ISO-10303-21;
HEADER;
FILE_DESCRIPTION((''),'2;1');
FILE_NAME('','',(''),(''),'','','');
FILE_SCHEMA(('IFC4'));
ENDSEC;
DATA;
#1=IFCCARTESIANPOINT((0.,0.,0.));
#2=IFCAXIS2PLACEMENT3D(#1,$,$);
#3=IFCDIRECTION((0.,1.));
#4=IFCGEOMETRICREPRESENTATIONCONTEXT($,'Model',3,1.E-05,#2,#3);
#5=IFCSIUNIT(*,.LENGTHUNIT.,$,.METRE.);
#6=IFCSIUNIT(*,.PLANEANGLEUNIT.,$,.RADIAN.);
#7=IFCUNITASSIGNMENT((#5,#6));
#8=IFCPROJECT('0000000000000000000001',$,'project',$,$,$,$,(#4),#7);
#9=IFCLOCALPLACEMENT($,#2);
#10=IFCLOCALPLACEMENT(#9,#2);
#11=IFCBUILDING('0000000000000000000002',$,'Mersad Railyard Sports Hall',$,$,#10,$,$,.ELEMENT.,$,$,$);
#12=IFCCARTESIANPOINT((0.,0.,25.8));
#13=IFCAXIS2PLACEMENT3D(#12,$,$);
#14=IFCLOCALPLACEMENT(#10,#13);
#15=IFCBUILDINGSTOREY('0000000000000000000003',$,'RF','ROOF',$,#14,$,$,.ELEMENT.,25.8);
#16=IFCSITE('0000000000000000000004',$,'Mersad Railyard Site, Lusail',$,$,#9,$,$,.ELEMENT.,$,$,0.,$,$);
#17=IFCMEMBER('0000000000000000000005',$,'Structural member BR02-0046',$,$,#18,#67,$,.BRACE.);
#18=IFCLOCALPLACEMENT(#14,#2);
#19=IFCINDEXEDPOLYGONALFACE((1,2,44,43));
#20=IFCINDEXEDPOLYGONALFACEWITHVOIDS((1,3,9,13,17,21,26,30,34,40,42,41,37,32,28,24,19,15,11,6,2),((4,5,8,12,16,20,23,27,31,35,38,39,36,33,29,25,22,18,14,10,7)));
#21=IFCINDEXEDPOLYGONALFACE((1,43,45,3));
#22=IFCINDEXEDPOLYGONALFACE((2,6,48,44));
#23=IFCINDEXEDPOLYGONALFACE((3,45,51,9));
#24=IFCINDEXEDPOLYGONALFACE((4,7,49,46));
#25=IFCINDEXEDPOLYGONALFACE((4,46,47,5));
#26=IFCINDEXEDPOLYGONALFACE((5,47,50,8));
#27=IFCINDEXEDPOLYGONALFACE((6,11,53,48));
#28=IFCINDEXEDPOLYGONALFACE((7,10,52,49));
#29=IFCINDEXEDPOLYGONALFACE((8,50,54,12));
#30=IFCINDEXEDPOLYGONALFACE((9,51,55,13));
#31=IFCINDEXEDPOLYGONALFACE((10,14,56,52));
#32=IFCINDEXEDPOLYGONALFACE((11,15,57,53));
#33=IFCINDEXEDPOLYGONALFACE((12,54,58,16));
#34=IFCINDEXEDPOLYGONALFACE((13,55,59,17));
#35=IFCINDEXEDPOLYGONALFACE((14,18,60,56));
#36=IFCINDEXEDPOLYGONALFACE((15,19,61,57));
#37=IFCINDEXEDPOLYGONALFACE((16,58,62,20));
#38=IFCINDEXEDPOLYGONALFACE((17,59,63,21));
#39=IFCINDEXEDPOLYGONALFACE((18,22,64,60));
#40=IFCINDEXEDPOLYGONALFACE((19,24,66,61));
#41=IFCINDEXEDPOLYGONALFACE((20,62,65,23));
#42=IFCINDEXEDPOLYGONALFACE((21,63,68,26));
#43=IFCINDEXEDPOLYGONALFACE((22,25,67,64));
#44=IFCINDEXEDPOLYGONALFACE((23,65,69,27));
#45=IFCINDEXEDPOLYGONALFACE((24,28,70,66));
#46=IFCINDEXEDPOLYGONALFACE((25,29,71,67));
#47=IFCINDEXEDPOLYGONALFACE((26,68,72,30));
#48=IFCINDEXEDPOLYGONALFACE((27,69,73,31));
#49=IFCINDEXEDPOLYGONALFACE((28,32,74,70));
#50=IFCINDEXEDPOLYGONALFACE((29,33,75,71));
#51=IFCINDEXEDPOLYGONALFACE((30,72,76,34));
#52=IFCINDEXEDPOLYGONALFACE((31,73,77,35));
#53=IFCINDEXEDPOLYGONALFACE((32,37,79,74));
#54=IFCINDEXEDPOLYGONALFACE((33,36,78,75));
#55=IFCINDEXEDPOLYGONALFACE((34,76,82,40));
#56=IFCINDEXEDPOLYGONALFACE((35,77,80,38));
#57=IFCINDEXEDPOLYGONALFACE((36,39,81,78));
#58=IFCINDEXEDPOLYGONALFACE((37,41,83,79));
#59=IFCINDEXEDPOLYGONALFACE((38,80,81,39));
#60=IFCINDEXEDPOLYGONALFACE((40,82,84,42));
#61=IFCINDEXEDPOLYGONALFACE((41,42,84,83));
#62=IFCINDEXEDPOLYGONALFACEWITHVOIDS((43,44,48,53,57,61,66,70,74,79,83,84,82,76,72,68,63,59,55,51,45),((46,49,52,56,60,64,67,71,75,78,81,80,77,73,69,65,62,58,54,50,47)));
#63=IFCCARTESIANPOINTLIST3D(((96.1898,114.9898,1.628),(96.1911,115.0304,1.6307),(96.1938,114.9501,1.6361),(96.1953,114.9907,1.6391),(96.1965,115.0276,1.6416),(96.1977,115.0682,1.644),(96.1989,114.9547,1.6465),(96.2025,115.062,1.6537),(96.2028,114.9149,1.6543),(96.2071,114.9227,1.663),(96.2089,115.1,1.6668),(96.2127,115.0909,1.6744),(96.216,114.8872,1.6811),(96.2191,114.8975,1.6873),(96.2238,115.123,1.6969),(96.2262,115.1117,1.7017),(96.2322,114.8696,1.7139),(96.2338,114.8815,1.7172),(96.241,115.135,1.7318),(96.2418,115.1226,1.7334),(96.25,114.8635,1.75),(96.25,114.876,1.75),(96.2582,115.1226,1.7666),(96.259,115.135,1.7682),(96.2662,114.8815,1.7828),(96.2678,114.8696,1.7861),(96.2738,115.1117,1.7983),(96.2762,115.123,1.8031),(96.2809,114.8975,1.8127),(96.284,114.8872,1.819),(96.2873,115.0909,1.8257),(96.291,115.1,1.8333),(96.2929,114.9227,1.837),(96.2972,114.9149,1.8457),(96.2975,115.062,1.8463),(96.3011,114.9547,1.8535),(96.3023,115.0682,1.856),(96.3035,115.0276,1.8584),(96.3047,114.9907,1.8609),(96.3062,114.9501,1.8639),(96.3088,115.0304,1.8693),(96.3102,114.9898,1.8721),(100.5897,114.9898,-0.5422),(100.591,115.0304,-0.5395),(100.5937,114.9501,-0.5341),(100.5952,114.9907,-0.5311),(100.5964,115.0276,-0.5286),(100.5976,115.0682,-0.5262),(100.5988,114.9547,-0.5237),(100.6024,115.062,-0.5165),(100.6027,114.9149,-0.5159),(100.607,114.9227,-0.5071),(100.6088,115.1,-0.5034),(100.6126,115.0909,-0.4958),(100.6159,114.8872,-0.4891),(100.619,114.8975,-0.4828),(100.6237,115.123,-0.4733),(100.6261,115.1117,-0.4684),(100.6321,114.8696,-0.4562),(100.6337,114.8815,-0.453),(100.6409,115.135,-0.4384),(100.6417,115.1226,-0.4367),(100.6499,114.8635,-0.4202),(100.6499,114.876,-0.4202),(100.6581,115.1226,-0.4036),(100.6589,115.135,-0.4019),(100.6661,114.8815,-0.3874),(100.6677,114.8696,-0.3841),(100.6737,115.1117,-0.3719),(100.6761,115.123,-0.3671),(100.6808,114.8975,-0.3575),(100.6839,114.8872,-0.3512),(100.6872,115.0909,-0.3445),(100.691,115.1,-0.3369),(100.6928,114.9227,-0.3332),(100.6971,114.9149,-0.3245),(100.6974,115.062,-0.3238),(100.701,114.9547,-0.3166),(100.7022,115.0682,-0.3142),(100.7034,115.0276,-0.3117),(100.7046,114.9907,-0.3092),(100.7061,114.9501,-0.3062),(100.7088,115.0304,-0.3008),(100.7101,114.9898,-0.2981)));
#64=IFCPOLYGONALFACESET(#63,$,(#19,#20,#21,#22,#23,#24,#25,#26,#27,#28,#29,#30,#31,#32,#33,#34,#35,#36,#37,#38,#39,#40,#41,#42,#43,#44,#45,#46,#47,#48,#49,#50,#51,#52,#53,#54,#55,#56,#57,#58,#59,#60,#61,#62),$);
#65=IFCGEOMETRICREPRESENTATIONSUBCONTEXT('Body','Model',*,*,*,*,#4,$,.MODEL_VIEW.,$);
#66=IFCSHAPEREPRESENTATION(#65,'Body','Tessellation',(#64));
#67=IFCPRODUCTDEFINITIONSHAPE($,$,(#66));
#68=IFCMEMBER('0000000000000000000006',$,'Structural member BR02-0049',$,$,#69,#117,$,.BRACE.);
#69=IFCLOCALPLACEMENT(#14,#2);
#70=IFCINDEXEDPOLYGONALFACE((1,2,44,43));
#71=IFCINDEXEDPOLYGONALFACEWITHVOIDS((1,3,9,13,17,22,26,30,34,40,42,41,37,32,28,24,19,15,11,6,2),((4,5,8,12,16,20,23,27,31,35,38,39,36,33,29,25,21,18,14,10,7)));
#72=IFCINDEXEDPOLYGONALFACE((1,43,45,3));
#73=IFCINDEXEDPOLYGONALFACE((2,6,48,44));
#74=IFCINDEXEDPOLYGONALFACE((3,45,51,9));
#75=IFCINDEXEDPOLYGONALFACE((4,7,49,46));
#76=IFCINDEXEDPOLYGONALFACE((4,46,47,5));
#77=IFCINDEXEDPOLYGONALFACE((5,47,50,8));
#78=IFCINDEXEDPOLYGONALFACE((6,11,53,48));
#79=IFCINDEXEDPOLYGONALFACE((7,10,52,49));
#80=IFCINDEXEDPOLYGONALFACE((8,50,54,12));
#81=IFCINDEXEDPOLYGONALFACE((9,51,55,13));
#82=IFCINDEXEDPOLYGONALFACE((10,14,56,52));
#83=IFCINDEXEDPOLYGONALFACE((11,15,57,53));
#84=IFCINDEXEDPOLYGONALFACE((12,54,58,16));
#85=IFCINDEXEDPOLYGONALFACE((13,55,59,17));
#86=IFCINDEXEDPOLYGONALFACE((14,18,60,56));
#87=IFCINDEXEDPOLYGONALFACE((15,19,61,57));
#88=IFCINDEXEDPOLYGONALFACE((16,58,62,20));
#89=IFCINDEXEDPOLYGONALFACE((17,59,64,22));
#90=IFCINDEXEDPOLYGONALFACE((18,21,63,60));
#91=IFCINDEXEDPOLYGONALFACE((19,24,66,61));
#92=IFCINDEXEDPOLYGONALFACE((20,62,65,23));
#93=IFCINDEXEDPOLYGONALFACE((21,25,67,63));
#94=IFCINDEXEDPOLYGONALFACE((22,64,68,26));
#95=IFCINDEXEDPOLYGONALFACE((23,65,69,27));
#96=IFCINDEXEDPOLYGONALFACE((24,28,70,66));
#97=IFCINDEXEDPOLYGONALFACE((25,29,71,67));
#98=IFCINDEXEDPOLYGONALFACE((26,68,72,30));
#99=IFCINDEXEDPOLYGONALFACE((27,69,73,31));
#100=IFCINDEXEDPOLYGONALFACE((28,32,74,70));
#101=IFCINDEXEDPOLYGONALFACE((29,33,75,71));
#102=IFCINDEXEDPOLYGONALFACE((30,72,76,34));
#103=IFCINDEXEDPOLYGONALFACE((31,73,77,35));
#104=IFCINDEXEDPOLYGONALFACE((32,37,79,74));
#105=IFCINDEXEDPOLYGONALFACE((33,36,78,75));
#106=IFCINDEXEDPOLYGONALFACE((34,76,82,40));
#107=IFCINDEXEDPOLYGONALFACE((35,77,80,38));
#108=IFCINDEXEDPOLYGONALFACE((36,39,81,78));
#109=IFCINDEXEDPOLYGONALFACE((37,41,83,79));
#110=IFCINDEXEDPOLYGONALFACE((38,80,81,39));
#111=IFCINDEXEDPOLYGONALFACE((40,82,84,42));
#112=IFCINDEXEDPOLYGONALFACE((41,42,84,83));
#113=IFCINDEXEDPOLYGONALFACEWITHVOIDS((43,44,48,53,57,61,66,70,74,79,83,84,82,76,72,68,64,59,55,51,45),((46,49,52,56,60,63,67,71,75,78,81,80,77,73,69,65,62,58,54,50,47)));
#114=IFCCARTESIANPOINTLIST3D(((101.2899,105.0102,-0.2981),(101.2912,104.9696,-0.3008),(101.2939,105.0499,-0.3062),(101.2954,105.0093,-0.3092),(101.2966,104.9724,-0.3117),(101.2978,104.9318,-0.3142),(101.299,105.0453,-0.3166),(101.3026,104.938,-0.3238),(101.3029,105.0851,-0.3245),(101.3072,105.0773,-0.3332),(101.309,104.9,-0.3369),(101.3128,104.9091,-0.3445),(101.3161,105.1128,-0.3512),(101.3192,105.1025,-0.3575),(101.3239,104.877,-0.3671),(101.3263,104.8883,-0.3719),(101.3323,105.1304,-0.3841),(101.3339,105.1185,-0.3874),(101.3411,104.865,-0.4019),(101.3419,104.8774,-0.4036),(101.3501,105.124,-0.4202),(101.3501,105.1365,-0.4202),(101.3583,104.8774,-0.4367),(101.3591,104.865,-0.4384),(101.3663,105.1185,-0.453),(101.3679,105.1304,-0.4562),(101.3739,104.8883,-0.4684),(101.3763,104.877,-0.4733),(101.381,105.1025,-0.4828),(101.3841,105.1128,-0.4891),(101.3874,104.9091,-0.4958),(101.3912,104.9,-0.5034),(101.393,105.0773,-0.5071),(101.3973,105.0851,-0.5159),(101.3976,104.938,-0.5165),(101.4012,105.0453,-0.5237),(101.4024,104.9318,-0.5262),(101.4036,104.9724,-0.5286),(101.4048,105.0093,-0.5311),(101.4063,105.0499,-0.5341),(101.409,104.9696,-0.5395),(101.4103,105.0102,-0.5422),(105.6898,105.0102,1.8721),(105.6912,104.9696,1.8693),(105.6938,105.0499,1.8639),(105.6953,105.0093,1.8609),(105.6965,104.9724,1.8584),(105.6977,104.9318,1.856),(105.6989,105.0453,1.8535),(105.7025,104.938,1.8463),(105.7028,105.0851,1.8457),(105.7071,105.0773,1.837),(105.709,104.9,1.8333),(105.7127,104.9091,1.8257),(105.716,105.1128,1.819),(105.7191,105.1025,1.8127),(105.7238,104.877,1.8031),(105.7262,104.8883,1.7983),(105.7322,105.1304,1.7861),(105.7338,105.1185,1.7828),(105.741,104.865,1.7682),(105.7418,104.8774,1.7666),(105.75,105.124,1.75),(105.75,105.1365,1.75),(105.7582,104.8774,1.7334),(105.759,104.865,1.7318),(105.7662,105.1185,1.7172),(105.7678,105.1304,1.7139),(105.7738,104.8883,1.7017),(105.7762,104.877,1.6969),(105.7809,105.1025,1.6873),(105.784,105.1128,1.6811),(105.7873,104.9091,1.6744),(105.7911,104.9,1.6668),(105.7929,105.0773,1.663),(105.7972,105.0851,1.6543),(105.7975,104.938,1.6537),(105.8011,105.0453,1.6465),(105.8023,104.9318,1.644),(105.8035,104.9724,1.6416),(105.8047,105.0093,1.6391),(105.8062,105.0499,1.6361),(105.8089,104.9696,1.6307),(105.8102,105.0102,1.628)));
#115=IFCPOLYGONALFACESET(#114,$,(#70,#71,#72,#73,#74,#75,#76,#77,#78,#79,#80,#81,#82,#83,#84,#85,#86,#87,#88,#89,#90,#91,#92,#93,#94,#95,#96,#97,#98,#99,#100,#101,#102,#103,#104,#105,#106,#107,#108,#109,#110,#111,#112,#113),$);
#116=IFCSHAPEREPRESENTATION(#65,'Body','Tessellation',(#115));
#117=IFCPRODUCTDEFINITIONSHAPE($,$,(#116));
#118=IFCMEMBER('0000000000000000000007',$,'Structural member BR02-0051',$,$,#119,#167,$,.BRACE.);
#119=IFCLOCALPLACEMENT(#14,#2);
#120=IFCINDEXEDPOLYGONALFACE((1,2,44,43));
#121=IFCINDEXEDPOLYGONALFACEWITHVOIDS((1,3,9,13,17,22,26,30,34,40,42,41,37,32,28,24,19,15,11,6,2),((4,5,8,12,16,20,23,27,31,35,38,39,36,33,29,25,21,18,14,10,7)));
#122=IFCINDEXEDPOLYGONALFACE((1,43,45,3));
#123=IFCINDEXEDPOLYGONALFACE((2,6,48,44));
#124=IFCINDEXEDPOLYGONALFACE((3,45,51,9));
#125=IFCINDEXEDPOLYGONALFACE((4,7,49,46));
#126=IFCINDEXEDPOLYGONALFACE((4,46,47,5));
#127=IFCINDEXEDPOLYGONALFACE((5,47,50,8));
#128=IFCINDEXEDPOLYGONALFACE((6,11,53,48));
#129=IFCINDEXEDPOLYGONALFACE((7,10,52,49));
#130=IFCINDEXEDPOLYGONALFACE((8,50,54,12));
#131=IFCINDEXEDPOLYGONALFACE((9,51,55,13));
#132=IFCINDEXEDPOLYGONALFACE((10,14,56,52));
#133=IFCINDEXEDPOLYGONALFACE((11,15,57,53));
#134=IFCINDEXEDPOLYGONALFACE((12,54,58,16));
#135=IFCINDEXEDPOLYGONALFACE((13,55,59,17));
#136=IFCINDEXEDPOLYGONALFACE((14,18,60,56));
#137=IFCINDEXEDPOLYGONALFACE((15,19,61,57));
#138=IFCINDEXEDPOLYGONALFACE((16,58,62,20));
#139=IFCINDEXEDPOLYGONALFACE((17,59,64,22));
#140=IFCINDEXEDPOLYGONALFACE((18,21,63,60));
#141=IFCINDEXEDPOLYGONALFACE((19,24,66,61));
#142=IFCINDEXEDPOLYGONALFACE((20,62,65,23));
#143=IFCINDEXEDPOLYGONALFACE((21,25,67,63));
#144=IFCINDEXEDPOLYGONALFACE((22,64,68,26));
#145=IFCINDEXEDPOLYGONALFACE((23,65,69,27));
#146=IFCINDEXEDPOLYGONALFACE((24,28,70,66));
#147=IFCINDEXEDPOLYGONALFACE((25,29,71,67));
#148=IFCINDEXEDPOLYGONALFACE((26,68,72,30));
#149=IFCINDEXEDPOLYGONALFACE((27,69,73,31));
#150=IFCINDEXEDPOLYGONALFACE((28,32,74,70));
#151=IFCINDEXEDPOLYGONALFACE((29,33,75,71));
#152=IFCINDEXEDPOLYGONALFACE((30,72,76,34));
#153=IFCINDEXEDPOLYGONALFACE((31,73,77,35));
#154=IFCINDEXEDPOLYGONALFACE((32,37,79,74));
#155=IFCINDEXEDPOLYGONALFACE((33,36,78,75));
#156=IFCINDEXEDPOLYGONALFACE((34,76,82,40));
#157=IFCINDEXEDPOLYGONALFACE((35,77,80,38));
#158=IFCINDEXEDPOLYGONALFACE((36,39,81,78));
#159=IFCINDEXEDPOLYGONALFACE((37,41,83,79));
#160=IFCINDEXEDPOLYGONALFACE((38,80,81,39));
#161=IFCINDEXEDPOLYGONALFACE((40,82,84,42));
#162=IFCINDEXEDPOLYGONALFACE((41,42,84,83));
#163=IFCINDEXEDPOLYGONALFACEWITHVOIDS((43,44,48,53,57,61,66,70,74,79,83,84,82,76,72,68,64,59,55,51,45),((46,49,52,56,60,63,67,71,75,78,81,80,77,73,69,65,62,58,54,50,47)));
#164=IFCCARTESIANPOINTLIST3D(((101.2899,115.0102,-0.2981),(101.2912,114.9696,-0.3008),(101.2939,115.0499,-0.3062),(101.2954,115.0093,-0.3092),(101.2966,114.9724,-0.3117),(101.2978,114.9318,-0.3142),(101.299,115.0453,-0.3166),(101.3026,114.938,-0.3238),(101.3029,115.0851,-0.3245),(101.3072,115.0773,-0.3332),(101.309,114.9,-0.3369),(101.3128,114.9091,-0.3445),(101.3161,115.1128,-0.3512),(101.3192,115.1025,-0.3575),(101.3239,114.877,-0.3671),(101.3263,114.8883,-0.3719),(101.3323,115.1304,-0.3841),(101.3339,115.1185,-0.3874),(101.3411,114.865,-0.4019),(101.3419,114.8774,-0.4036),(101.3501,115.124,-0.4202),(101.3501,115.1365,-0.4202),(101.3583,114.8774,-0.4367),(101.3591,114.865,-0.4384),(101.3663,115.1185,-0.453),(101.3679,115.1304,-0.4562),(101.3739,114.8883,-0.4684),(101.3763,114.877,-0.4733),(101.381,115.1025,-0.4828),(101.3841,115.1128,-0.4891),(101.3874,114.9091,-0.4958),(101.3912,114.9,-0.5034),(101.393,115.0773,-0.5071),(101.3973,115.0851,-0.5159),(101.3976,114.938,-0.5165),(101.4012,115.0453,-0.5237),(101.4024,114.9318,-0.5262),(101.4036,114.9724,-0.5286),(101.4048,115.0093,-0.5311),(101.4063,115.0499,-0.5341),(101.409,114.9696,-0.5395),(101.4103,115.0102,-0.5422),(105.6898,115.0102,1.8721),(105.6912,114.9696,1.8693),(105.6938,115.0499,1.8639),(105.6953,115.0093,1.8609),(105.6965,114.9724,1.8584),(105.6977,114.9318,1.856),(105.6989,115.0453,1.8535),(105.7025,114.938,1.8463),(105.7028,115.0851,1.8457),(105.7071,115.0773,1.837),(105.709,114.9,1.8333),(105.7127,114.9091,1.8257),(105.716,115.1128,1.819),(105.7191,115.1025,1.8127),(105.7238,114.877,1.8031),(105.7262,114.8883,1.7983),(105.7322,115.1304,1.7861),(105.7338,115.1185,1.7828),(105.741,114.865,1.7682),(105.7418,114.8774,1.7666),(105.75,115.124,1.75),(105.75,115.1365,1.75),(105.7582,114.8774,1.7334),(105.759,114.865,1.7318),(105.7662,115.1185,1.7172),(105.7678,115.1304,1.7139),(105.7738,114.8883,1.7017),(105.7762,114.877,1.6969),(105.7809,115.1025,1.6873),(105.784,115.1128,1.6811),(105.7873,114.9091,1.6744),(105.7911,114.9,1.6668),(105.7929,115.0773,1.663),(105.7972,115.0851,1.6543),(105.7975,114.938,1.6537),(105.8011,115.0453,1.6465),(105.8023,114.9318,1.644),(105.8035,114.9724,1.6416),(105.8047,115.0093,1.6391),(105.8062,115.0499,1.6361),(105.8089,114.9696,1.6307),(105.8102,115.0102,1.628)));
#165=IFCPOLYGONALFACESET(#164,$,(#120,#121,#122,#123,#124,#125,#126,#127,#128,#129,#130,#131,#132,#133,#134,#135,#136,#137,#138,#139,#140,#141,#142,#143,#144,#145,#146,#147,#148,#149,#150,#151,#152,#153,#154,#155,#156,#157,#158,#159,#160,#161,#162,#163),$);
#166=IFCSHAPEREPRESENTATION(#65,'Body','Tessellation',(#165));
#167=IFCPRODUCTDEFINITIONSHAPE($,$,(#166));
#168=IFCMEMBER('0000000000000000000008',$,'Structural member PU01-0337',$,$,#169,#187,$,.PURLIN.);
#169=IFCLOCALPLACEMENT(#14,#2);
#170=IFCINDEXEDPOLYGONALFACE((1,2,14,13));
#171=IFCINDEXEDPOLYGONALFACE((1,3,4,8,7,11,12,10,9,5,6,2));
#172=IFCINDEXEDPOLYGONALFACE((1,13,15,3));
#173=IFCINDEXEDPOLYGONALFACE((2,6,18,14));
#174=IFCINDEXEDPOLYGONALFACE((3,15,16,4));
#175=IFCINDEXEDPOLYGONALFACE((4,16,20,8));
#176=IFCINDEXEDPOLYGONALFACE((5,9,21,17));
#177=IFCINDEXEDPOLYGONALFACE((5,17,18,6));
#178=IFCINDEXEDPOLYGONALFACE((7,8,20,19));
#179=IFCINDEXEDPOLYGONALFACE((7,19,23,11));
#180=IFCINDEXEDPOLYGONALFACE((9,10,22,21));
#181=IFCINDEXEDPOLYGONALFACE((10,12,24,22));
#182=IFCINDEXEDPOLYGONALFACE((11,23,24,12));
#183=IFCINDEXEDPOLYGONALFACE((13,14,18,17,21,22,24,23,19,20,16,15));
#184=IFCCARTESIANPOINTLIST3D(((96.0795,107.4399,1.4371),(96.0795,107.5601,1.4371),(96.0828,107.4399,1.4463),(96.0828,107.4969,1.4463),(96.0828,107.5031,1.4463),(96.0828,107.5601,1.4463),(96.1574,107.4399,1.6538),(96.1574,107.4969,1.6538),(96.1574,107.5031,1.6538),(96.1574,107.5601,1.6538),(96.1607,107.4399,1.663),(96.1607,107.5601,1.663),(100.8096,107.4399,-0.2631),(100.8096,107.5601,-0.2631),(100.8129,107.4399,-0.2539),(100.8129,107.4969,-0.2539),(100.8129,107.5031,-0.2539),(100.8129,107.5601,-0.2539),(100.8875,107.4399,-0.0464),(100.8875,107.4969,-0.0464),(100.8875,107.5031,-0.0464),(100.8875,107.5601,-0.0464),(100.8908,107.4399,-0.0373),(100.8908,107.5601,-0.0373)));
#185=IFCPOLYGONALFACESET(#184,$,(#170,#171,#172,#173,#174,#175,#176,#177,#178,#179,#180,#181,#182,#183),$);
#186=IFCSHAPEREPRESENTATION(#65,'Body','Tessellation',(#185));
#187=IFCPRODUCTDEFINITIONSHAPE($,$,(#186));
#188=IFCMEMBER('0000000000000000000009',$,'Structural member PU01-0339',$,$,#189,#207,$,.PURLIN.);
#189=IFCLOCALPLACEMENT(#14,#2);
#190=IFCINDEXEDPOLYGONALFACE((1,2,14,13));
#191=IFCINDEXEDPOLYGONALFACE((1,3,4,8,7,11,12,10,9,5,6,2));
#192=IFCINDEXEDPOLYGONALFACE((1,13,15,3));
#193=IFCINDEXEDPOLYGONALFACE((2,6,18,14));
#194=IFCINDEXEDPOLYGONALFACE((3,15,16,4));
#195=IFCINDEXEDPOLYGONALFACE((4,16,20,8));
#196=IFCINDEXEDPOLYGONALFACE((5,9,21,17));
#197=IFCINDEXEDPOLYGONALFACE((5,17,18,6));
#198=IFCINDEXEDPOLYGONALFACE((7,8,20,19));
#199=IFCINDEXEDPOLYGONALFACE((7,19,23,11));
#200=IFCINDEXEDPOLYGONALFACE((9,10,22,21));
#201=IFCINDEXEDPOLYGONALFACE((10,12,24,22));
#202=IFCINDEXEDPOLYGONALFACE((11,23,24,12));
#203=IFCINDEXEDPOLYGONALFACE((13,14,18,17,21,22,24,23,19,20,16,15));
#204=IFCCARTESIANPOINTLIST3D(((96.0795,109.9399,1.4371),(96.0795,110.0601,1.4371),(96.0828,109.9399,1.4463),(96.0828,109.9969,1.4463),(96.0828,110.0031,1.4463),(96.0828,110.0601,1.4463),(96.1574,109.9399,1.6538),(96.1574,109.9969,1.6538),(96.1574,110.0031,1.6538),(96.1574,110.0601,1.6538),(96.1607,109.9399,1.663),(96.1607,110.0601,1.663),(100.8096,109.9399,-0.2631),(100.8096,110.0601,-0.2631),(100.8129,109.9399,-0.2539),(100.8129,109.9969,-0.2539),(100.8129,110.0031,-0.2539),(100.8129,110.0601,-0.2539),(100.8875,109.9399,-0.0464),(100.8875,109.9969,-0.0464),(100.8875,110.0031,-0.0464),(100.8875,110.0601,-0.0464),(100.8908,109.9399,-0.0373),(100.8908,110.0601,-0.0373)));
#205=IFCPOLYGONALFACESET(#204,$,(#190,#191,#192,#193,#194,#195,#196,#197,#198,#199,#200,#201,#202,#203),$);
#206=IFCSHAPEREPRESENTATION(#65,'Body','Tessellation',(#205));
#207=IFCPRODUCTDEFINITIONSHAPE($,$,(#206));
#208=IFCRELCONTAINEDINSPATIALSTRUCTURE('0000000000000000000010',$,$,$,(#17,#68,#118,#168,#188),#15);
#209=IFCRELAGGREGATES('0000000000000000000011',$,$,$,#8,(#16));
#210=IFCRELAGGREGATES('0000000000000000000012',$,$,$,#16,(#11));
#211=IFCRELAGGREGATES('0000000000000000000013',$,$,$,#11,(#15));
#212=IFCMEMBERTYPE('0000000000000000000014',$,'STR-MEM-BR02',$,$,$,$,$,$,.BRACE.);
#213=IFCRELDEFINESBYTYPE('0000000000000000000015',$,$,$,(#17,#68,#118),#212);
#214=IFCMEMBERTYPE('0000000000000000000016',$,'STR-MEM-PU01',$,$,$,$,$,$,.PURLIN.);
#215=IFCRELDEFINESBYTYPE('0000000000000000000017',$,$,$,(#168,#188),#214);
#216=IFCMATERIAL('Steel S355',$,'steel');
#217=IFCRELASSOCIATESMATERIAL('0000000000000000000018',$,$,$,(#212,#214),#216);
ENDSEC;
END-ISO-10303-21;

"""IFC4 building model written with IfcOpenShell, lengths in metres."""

from ifc_helpers import new_model, si_unit, direction, frame, origin, origin_2d, place, context, subcontext, project, spatial, hollow_circle, i_section, extrude, material, material_profile, profile_set, type_object, element, save


model = new_model("IFC4")

# Units and contexts
model_context = context("Model", 3, precision=1e-05, world=origin(), true_north=direction((0.0, 1.0)))
body_context = subcontext(model_context, "Body", "Model", "MODEL_VIEW")
ifc_project = project(units=[si_unit("LENGTHUNIT", "METRE"), si_unit("PLANEANGLEUNIT", "RADIAN")], contexts=[model_context])

# Site, building, storey
site_placement = place(None, origin())
site = spatial("IfcSite", under=ifc_project, at=site_placement, Name="Mersad Railyard Site, Lusail", CompositionType="ELEMENT", RefElevation=0.0)
building_placement = place(site_placement, origin())
building = spatial("IfcBuilding", under=site, at=building_placement, Name="Mersad Railyard Sports Hall", CompositionType="ELEMENT")
storey_placement = place(building_placement, frame((0.0, 0.0, 25.8)))
storey = spatial("IfcBuildingStorey", under=building, at=storey_placement, Name="RF", Description="ROOF", CompositionType="ELEMENT", Elevation=25.8)

# Shared definitions
ifc_material_1 = material(Name="Steel S355", Category="steel")

# Members
ifc_material_profile_1 = material_profile(ifc_material_1, hollow_circle(Radius=0.1365, WallThickness=0.0125, at=origin_2d()), Name="CHS 273x12.5")
ifc_profile_set_1 = profile_set([ifc_material_profile_1], Name="Steel S355")
member_type_1 = type_object("IfcMemberType", Name="STR-MEM-BR02", PredefinedType="BRACE", material=ifc_profile_set_1)
for number, where, z_axis, x_axis, name in (
    (1, (100.6499, 115.0, -0.4202), (-0.896842, 0.0, 0.44235), (0.0, -1.0, 0.0), "Structural member BR02-0046"),
    (2, (101.3501, 105.0, -0.4202), (0.896842, 0.0, 0.44235), (0.0, 1.0, 0.0), "Structural member BR02-0049"),
    (3, (101.3501, 115.0, -0.4202), (0.896842, 0.0, 0.44235), (0.0, 1.0, 0.0), "Structural member BR02-0051"),
):
    element("IfcMember", number, at=place(storey_placement, frame(where, z_axis=z_axis, x_axis=x_axis)), inside=storey, type_object=member_type_1, Name=name, PredefinedType="BRACE", context=body_context, shape_type="SweptSolid", body=[
        extrude(hollow_circle(Radius=0.1365, WallThickness=0.0125, at=origin_2d()), origin(), (0.0, 0.0, 1.0), 4.906),
    ])
ifc_material_profile_2 = material_profile(ifc_material_1, i_section(OverallWidth=0.1201, OverallDepth=0.24, WebThickness=0.0061, FlangeThickness=0.0098, at=origin_2d()), Name="IPE 240")
ifc_profile_set_2 = profile_set([ifc_material_profile_2], Name="Steel S355")
member_type_2 = type_object("IfcMemberType", Name="STR-MEM-PU01", PredefinedType="PURLIN", material=ifc_profile_set_2)
for number, where, z_axis, x_axis, name in (
    (4, (96.1201, 107.5, 1.55), (0.941052, 0.0, -0.338262), (0.0, 1.0, 0.0), "Structural member PU01-0337"),
    (5, (96.1201, 110.0, 1.55), (0.941052, 0.0, -0.338262), (0.0, 1.0, 0.0), "Structural member PU01-0339"),
):
    element("IfcMember", number, at=place(storey_placement, frame(where, z_axis=z_axis, x_axis=x_axis)), inside=storey, type_object=member_type_2, Name=name, PredefinedType="PURLIN", context=body_context, shape_type="SweptSolid", body=[
        extrude(i_section(OverallWidth=0.1201, OverallDepth=0.24, WebThickness=0.0061, FlangeThickness=0.0098, at=origin_2d()), origin(), (0.0, 0.0, 1.0), 5.0264),
    ])

save(model, "model.ifc")
